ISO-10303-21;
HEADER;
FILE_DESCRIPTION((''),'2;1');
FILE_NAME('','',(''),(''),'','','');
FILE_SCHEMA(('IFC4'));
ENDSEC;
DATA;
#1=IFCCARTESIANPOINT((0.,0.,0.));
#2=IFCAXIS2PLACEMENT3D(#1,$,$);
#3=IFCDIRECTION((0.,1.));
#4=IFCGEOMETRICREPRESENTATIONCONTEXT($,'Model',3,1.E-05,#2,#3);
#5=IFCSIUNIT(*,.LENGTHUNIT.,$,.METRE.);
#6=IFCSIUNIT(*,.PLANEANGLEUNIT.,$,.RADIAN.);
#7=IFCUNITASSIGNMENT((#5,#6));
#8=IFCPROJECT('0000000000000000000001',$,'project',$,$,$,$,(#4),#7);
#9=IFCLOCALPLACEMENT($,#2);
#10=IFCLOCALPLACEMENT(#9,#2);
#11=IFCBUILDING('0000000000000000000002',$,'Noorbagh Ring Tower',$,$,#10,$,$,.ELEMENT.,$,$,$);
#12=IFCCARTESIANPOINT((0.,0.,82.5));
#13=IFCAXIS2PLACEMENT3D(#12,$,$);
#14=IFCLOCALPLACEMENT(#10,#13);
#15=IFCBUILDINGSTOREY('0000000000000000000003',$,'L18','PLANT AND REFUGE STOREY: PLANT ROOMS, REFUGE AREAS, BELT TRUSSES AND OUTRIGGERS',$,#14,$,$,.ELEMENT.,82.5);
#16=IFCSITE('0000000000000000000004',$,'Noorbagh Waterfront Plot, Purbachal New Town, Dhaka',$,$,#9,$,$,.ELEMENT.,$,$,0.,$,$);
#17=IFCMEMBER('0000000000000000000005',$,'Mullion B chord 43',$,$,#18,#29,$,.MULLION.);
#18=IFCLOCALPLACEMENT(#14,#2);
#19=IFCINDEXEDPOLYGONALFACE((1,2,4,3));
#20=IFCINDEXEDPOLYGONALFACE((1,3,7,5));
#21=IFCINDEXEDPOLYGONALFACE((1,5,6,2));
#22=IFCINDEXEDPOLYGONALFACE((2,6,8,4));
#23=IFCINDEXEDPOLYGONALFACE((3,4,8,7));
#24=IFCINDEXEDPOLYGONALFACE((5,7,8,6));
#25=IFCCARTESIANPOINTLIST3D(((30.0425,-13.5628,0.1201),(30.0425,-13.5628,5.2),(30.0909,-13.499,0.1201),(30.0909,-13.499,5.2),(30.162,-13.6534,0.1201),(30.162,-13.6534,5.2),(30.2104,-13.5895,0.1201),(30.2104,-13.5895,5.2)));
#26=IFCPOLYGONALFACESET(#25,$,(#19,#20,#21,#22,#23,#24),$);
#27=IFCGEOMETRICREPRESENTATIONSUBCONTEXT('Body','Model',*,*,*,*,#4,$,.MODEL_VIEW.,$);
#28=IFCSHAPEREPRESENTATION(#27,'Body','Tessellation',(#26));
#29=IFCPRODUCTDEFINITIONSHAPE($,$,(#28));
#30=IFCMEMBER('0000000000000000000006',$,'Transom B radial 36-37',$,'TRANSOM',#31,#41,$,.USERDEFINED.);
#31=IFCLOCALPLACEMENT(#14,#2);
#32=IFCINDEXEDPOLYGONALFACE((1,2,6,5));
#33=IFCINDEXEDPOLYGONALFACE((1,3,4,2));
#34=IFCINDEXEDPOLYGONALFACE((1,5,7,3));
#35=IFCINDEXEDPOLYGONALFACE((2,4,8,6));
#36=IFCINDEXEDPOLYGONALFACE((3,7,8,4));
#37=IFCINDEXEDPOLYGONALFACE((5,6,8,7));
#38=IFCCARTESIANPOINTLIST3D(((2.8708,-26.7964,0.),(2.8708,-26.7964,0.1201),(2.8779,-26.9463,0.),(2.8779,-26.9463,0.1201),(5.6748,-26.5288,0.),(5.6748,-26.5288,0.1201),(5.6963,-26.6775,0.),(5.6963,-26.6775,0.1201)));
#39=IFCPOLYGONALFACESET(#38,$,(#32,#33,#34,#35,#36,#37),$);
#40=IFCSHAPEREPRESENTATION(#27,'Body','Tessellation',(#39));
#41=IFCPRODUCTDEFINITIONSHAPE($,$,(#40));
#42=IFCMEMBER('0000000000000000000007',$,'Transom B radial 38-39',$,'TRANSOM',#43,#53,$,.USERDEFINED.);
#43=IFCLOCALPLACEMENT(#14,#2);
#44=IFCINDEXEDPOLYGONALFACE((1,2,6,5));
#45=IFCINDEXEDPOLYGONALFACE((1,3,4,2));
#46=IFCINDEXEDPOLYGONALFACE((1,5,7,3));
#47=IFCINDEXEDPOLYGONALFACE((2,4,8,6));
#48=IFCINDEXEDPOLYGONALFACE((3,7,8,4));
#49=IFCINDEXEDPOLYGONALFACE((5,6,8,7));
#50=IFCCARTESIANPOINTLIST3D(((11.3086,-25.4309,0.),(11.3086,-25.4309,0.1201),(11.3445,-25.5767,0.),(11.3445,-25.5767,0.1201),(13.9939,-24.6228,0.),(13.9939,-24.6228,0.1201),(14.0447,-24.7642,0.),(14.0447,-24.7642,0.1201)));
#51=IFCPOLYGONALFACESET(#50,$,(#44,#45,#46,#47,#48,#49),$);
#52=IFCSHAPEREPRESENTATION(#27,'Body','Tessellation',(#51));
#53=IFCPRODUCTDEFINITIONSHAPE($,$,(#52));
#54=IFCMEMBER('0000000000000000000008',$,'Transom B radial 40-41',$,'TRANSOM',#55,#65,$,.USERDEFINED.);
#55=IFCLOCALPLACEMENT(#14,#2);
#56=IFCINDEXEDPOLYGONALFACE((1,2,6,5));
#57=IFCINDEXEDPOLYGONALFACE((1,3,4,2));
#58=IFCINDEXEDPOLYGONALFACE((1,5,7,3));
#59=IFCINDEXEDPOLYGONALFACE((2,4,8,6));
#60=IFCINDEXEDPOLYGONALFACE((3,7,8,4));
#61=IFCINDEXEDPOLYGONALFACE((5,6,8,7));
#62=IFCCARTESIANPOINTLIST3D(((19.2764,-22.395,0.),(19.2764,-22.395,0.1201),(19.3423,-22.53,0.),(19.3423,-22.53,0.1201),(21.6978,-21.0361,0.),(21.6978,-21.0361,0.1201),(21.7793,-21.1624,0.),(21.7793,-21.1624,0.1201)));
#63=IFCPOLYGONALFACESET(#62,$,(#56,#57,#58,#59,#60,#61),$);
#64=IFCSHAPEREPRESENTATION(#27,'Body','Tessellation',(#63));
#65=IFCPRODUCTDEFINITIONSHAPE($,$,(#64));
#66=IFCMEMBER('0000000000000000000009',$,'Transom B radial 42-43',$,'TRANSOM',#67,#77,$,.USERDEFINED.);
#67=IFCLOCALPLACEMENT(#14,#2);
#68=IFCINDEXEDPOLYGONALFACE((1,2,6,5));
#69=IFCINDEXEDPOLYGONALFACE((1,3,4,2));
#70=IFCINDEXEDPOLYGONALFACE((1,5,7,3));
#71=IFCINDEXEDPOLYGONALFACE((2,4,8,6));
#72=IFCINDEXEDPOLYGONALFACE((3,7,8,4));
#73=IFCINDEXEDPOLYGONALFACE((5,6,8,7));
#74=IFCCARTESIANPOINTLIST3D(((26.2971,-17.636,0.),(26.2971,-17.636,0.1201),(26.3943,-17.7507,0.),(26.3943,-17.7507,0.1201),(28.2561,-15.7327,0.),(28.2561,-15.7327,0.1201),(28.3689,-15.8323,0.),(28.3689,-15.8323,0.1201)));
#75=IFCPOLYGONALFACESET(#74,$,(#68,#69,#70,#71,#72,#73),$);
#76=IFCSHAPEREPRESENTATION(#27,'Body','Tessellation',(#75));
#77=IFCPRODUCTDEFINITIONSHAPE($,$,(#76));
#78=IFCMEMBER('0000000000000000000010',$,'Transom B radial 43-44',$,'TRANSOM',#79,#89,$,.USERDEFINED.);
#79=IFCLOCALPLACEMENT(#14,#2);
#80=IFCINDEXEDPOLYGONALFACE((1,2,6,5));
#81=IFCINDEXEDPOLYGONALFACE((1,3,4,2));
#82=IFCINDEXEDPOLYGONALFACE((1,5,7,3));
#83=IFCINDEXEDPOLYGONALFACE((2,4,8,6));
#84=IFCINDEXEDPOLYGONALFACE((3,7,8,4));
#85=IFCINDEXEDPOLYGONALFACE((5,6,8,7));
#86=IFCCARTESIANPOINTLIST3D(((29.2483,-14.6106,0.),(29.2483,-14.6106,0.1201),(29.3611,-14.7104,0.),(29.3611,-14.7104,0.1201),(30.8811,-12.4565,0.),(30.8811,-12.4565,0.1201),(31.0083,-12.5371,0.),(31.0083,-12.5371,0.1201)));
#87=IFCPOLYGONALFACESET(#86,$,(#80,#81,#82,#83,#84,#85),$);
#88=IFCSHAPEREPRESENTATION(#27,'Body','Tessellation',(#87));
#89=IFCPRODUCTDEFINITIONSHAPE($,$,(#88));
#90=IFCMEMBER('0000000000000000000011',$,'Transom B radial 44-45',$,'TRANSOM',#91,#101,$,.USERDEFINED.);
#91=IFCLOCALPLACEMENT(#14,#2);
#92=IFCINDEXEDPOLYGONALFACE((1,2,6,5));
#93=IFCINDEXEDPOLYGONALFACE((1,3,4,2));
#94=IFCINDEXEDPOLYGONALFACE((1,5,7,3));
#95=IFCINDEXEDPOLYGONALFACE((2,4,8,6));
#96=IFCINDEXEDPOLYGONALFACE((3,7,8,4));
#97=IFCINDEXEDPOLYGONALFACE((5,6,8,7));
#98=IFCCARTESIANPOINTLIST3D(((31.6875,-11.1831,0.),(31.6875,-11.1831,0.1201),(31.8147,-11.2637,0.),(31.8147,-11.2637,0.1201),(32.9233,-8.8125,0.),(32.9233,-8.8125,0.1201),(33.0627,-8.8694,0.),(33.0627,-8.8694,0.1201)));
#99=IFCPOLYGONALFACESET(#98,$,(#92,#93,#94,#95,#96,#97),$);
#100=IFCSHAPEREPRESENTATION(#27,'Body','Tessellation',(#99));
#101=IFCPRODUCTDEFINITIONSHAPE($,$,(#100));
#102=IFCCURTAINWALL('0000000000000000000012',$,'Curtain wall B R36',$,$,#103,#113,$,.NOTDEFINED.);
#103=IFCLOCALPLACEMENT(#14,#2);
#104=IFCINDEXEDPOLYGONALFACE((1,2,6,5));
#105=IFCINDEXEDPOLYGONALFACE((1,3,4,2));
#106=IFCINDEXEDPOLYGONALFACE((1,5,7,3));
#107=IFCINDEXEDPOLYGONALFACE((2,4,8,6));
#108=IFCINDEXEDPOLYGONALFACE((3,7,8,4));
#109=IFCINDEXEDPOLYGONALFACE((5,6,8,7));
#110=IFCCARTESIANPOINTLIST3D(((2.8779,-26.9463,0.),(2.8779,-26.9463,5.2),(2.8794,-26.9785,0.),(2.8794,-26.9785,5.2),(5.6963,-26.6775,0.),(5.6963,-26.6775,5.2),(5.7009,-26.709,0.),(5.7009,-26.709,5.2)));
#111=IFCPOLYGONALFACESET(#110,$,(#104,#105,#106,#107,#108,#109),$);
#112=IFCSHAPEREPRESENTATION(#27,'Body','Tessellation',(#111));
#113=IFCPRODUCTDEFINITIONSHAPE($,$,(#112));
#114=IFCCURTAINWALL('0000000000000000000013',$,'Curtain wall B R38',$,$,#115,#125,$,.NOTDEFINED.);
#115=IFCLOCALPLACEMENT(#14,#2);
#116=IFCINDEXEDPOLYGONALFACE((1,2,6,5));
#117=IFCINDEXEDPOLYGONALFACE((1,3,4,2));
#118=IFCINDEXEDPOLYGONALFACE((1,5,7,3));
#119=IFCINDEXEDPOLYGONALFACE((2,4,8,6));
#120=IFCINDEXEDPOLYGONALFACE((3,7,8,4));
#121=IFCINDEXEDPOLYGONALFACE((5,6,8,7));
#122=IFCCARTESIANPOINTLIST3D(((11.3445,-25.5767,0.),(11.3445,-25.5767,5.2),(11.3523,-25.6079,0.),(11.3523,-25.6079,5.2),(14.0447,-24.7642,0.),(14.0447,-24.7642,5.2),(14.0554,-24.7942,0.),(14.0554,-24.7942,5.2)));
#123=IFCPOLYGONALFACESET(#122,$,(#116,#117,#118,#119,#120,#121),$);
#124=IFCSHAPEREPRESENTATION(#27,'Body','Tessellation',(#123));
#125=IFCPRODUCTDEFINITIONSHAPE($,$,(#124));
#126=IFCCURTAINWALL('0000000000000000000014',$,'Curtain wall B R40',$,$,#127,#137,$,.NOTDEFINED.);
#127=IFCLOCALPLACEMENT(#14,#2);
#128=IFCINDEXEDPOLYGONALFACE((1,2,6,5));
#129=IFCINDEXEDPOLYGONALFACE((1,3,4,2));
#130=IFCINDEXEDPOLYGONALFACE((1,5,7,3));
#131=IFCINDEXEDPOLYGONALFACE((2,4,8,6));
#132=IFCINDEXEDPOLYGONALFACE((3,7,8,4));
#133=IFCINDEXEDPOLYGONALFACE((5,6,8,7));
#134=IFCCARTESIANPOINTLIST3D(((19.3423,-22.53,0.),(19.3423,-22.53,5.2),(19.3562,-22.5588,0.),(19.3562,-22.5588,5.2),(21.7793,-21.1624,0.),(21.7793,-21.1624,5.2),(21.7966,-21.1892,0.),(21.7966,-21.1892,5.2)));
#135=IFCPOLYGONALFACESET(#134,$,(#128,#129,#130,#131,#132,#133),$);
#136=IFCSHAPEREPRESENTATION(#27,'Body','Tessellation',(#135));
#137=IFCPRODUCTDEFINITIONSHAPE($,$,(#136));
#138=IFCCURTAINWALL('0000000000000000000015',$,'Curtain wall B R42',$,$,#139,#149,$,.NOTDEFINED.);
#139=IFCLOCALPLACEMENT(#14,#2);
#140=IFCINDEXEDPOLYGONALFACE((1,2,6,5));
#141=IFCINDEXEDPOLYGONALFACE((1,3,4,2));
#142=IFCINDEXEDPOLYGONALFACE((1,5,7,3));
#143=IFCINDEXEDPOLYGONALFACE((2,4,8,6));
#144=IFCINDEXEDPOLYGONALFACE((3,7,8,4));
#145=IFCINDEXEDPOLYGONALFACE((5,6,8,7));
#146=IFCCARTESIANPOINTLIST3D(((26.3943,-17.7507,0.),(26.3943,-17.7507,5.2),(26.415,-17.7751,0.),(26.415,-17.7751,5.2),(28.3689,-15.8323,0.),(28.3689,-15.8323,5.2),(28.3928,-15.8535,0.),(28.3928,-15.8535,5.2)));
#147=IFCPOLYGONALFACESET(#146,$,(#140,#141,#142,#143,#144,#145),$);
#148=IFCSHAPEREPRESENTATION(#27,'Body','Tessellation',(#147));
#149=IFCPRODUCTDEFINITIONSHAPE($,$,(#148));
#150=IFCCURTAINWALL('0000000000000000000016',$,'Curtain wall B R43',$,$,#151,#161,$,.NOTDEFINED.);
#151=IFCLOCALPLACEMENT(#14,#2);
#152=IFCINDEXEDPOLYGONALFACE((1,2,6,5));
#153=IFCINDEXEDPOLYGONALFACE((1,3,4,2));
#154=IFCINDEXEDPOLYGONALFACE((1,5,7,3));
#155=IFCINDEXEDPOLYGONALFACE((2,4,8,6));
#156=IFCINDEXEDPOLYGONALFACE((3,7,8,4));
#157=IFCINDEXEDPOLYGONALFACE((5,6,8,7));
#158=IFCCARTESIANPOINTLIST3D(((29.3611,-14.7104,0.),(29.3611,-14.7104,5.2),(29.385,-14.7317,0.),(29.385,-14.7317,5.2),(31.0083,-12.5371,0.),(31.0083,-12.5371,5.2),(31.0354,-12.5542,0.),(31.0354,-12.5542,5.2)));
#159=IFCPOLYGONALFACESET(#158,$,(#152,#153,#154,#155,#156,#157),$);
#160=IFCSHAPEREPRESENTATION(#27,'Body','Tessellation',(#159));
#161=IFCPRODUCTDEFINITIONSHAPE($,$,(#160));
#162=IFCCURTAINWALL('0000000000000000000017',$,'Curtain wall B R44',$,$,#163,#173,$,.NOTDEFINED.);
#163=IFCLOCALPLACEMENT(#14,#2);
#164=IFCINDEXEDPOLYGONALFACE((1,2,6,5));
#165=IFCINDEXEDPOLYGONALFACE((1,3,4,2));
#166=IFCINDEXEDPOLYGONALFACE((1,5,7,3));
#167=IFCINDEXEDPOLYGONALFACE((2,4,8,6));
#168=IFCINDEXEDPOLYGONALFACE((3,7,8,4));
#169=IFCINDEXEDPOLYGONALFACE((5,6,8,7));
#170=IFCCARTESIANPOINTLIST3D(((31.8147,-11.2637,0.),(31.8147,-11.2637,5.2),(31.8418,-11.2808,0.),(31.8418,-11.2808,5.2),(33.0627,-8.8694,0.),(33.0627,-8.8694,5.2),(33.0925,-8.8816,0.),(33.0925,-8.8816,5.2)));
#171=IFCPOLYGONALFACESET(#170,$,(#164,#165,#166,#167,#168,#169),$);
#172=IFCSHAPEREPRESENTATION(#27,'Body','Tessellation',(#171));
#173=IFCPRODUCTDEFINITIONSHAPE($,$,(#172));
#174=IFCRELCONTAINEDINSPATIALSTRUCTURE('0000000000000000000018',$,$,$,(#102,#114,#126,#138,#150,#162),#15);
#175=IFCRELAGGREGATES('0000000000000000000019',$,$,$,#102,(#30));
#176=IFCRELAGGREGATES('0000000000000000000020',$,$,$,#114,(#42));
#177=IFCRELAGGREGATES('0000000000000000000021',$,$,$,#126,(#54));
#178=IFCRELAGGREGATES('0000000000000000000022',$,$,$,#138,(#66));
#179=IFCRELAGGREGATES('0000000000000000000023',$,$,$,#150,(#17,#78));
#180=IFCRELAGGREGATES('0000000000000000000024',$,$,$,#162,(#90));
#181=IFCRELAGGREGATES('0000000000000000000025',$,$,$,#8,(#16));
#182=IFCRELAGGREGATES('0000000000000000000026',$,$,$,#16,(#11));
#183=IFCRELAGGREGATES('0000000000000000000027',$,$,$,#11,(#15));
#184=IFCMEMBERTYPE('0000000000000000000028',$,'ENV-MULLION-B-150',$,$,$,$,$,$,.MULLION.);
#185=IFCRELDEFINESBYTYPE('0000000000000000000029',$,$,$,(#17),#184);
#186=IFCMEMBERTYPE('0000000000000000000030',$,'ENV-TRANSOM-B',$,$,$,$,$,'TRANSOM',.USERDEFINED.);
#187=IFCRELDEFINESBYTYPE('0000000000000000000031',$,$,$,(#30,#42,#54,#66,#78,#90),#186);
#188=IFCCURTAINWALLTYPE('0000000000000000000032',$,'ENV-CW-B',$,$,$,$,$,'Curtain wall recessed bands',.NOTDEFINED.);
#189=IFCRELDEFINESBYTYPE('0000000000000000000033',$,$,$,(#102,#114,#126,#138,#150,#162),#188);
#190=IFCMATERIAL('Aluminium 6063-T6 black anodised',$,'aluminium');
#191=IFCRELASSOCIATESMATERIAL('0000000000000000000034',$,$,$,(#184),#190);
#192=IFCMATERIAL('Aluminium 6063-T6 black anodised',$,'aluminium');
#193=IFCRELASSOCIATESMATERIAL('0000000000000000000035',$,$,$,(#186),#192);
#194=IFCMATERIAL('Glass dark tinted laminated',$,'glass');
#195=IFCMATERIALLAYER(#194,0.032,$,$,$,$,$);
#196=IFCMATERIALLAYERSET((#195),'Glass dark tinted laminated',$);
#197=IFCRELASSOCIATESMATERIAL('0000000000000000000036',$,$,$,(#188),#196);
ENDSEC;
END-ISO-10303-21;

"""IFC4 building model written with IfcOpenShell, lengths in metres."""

from ifc_helpers import new_model, si_unit, direction, frame, origin, origin_2d, place, context, subcontext, project, spatial, polyline, rectangle, outline, extrude, material, layer, layer_set, material_profile, profile_set, type_object, element, aggregate, save


model = new_model("IFC4")

# Units and contexts
model_context = context("Model", 3, precision=1e-05, world=origin(), true_north=direction((0.0, 1.0)))
body_context = subcontext(model_context, "Body", "Model", "MODEL_VIEW")
ifc_project = project(units=[si_unit("LENGTHUNIT", "METRE"), si_unit("PLANEANGLEUNIT", "RADIAN")], contexts=[model_context])

# Members
ifc_material_1 = material(Name="Aluminium 6063-T6 black anodised", Category="aluminium")
ifc_material_profile = material_profile(ifc_material_1, rectangle(XDim=0.1499, YDim=0.0801, at=origin_2d()), Name="150x80")
ifc_profile_set = profile_set([ifc_material_profile], Name="Aluminium 6063-T6 black anodised")
member_type_1 = type_object("IfcMemberType", Name="ENV-MULLION-B-150", PredefinedType="MULLION", material=ifc_profile_set)
site_placement = place(None, origin())
building_placement = place(site_placement, origin())
storey_placement = place(building_placement, frame((0.0, 0.0, 82.5)))
member_1_placement = place(storey_placement, frame((30.1265, -13.5762, 0.1201), z_axis=(0.0, 0.0, 1.0), x_axis=(-0.796969, 0.60402, 0.0)))
member_1 = element("IfcMember", 1, at=member_1_placement, type_object=member_type_1, Name="Mullion B chord 43", PredefinedType="MULLION", context=body_context, shape_type="SweptSolid", body=[
    extrude(rectangle(XDim=0.1499, YDim=0.0801, at=origin_2d()), origin(), (0.0, 0.0, 1.0), 5.0798),
])
ifc_material_2 = material(Name="Aluminium 6063-T6 black anodised", Category="aluminium")
member_type_2 = type_object("IfcMemberType", Name="ENV-TRANSOM-B", ElementType="TRANSOM", PredefinedType="USERDEFINED", material=ifc_material_2)
member_2_placement = place(storey_placement, origin())
member_2 = element("IfcMember", 2, at=member_2_placement, type_object=member_type_2, Name="Transom B radial 36-37", ObjectType="TRANSOM", PredefinedType="USERDEFINED", context=body_context, shape_type="SweptSolid", body=[
    extrude(outline(polyline([(2.8779, -26.9463), (5.6963, -26.6775), (5.6748, -26.5288), (2.8708, -26.7964), (2.8779, -26.9463)])), origin(), (0.0, 0.0, 1.0), 0.1201),
])
member_3_placement = place(storey_placement, origin())
member_3 = element("IfcMember", 3, at=member_3_placement, type_object=member_type_2, Name="Transom B radial 38-39", ObjectType="TRANSOM", PredefinedType="USERDEFINED", context=body_context, shape_type="SweptSolid", body=[
    extrude(outline(polyline([(11.3445, -25.5767), (14.0447, -24.7642), (13.9939, -24.6228), (11.3086, -25.4309), (11.3445, -25.5767)])), origin(), (0.0, 0.0, 1.0), 0.1201),
])
member_4_placement = place(storey_placement, origin())
member_4 = element("IfcMember", 4, at=member_4_placement, type_object=member_type_2, Name="Transom B radial 40-41", ObjectType="TRANSOM", PredefinedType="USERDEFINED", context=body_context, shape_type="SweptSolid", body=[
    extrude(outline(polyline([(19.3423, -22.53), (21.7793, -21.1624), (21.6978, -21.0361), (19.2764, -22.395), (19.3423, -22.53)])), origin(), (0.0, 0.0, 1.0), 0.1201),
])
member_5_placement = place(storey_placement, origin())
member_5 = element("IfcMember", 5, at=member_5_placement, type_object=member_type_2, Name="Transom B radial 42-43", ObjectType="TRANSOM", PredefinedType="USERDEFINED", context=body_context, shape_type="SweptSolid", body=[
    extrude(outline(polyline([(26.3943, -17.7507), (28.3689, -15.8323), (28.2561, -15.7327), (26.2971, -17.636), (26.3943, -17.7507)])), origin(), (0.0, 0.0, 1.0), 0.1201),
])
member_6_placement = place(storey_placement, origin())
member_6 = element("IfcMember", 6, at=member_6_placement, type_object=member_type_2, Name="Transom B radial 43-44", ObjectType="TRANSOM", PredefinedType="USERDEFINED", context=body_context, shape_type="SweptSolid", body=[
    extrude(outline(polyline([(29.3611, -14.7104), (31.0083, -12.5371), (30.8811, -12.4565), (29.2483, -14.6106), (29.3611, -14.7104)])), origin(), (0.0, 0.0, 1.0), 0.1201),
])
member_7_placement = place(storey_placement, origin())
member_7 = element("IfcMember", 7, at=member_7_placement, type_object=member_type_2, Name="Transom B radial 44-45", ObjectType="TRANSOM", PredefinedType="USERDEFINED", context=body_context, shape_type="SweptSolid", body=[
    extrude(outline(polyline([(31.8147, -11.2637), (33.0627, -8.8694), (32.9233, -8.8125), (31.6875, -11.1831), (31.8147, -11.2637)])), origin(), (0.0, 0.0, 1.0), 0.1201),
])

# Site, building, storey
site = spatial("IfcSite", under=ifc_project, at=site_placement, Name="Noorbagh Waterfront Plot, Purbachal New Town, Dhaka", CompositionType="ELEMENT", RefElevation=0.0)
building = spatial("IfcBuilding", under=site, at=building_placement, Name="Noorbagh Ring Tower", CompositionType="ELEMENT")
storey = spatial("IfcBuildingStorey", under=building, at=storey_placement, Name="L18", Description="PLANT AND REFUGE STOREY: PLANT ROOMS, REFUGE AREAS, BELT TRUSSES AND OUTRIGGERS", CompositionType="ELEMENT", Elevation=82.5)

# Curtain walls
ifc_material_3 = material(Name="Glass dark tinted laminated", Category="glass")
ifc_layer = layer(ifc_material_3, 0.032)
ifc_layer_set = layer_set([ifc_layer], Name="Glass dark tinted laminated")
curtain_wall_type = type_object("IfcCurtainWallType", Name="ENV-CW-B", ElementType="Curtain wall recessed bands", PredefinedType="NOTDEFINED", material=ifc_layer_set)
curtain_wall_1_placement = place(storey_placement, origin())
curtain_wall_1 = element("IfcCurtainWall", 8, at=curtain_wall_1_placement, inside=storey, type_object=curtain_wall_type, Name="Curtain wall B R36", PredefinedType="NOTDEFINED", context=body_context, shape_type="SweptSolid", body=[
    extrude(outline(polyline([(2.8794, -26.9785), (5.7009, -26.709), (5.6963, -26.6775), (2.8779, -26.9463), (2.8794, -26.9785)])), origin(), (0.0, 0.0, 1.0), 5.2),
])
aggregate(curtain_wall_1, [member_2])
curtain_wall_2_placement = place(storey_placement, origin())
curtain_wall_2 = element("IfcCurtainWall", 9, at=curtain_wall_2_placement, inside=storey, type_object=curtain_wall_type, Name="Curtain wall B R38", PredefinedType="NOTDEFINED", context=body_context, shape_type="SweptSolid", body=[
    extrude(outline(polyline([(11.3523, -25.6079), (14.0554, -24.7942), (14.0447, -24.7642), (11.3445, -25.5767), (11.3523, -25.6079)])), origin(), (0.0, 0.0, 1.0), 5.2),
])
aggregate(curtain_wall_2, [member_3])
curtain_wall_3_placement = place(storey_placement, origin())
curtain_wall_3 = element("IfcCurtainWall", 10, at=curtain_wall_3_placement, inside=storey, type_object=curtain_wall_type, Name="Curtain wall B R40", PredefinedType="NOTDEFINED", context=body_context, shape_type="SweptSolid", body=[
    extrude(outline(polyline([(19.3562, -22.5588), (21.7966, -21.1892), (21.7793, -21.1624), (19.3423, -22.53), (19.3562, -22.5588)])), origin(), (0.0, 0.0, 1.0), 5.2),
])
aggregate(curtain_wall_3, [member_4])
curtain_wall_4_placement = place(storey_placement, origin())
curtain_wall_4 = element("IfcCurtainWall", 11, at=curtain_wall_4_placement, inside=storey, type_object=curtain_wall_type, Name="Curtain wall B R42", PredefinedType="NOTDEFINED", context=body_context, shape_type="SweptSolid", body=[
    extrude(outline(polyline([(26.415, -17.7751), (28.3928, -15.8535), (28.3689, -15.8323), (26.3943, -17.7507), (26.415, -17.7751)])), origin(), (0.0, 0.0, 1.0), 5.2),
])
aggregate(curtain_wall_4, [member_5])
curtain_wall_5_placement = place(storey_placement, origin())
curtain_wall_5 = element("IfcCurtainWall", 12, at=curtain_wall_5_placement, inside=storey, type_object=curtain_wall_type, Name="Curtain wall B R43", PredefinedType="NOTDEFINED", context=body_context, shape_type="SweptSolid", body=[
    extrude(outline(polyline([(29.385, -14.7317), (31.0354, -12.5542), (31.0083, -12.5371), (29.3611, -14.7104), (29.385, -14.7317)])), origin(), (0.0, 0.0, 1.0), 5.2),
])
aggregate(curtain_wall_5, [member_1, member_6])
curtain_wall_6_placement = place(storey_placement, origin())
curtain_wall_6 = element("IfcCurtainWall", 13, at=curtain_wall_6_placement, inside=storey, type_object=curtain_wall_type, Name="Curtain wall B R44", PredefinedType="NOTDEFINED", context=body_context, shape_type="SweptSolid", body=[
    extrude(outline(polyline([(31.8418, -11.2808), (33.0925, -8.8816), (33.0627, -8.8694), (31.8147, -11.2637), (31.8418, -11.2808)])), origin(), (0.0, 0.0, 1.0), 5.2),
])
aggregate(curtain_wall_6, [member_7])

save(model, "model.ifc")
